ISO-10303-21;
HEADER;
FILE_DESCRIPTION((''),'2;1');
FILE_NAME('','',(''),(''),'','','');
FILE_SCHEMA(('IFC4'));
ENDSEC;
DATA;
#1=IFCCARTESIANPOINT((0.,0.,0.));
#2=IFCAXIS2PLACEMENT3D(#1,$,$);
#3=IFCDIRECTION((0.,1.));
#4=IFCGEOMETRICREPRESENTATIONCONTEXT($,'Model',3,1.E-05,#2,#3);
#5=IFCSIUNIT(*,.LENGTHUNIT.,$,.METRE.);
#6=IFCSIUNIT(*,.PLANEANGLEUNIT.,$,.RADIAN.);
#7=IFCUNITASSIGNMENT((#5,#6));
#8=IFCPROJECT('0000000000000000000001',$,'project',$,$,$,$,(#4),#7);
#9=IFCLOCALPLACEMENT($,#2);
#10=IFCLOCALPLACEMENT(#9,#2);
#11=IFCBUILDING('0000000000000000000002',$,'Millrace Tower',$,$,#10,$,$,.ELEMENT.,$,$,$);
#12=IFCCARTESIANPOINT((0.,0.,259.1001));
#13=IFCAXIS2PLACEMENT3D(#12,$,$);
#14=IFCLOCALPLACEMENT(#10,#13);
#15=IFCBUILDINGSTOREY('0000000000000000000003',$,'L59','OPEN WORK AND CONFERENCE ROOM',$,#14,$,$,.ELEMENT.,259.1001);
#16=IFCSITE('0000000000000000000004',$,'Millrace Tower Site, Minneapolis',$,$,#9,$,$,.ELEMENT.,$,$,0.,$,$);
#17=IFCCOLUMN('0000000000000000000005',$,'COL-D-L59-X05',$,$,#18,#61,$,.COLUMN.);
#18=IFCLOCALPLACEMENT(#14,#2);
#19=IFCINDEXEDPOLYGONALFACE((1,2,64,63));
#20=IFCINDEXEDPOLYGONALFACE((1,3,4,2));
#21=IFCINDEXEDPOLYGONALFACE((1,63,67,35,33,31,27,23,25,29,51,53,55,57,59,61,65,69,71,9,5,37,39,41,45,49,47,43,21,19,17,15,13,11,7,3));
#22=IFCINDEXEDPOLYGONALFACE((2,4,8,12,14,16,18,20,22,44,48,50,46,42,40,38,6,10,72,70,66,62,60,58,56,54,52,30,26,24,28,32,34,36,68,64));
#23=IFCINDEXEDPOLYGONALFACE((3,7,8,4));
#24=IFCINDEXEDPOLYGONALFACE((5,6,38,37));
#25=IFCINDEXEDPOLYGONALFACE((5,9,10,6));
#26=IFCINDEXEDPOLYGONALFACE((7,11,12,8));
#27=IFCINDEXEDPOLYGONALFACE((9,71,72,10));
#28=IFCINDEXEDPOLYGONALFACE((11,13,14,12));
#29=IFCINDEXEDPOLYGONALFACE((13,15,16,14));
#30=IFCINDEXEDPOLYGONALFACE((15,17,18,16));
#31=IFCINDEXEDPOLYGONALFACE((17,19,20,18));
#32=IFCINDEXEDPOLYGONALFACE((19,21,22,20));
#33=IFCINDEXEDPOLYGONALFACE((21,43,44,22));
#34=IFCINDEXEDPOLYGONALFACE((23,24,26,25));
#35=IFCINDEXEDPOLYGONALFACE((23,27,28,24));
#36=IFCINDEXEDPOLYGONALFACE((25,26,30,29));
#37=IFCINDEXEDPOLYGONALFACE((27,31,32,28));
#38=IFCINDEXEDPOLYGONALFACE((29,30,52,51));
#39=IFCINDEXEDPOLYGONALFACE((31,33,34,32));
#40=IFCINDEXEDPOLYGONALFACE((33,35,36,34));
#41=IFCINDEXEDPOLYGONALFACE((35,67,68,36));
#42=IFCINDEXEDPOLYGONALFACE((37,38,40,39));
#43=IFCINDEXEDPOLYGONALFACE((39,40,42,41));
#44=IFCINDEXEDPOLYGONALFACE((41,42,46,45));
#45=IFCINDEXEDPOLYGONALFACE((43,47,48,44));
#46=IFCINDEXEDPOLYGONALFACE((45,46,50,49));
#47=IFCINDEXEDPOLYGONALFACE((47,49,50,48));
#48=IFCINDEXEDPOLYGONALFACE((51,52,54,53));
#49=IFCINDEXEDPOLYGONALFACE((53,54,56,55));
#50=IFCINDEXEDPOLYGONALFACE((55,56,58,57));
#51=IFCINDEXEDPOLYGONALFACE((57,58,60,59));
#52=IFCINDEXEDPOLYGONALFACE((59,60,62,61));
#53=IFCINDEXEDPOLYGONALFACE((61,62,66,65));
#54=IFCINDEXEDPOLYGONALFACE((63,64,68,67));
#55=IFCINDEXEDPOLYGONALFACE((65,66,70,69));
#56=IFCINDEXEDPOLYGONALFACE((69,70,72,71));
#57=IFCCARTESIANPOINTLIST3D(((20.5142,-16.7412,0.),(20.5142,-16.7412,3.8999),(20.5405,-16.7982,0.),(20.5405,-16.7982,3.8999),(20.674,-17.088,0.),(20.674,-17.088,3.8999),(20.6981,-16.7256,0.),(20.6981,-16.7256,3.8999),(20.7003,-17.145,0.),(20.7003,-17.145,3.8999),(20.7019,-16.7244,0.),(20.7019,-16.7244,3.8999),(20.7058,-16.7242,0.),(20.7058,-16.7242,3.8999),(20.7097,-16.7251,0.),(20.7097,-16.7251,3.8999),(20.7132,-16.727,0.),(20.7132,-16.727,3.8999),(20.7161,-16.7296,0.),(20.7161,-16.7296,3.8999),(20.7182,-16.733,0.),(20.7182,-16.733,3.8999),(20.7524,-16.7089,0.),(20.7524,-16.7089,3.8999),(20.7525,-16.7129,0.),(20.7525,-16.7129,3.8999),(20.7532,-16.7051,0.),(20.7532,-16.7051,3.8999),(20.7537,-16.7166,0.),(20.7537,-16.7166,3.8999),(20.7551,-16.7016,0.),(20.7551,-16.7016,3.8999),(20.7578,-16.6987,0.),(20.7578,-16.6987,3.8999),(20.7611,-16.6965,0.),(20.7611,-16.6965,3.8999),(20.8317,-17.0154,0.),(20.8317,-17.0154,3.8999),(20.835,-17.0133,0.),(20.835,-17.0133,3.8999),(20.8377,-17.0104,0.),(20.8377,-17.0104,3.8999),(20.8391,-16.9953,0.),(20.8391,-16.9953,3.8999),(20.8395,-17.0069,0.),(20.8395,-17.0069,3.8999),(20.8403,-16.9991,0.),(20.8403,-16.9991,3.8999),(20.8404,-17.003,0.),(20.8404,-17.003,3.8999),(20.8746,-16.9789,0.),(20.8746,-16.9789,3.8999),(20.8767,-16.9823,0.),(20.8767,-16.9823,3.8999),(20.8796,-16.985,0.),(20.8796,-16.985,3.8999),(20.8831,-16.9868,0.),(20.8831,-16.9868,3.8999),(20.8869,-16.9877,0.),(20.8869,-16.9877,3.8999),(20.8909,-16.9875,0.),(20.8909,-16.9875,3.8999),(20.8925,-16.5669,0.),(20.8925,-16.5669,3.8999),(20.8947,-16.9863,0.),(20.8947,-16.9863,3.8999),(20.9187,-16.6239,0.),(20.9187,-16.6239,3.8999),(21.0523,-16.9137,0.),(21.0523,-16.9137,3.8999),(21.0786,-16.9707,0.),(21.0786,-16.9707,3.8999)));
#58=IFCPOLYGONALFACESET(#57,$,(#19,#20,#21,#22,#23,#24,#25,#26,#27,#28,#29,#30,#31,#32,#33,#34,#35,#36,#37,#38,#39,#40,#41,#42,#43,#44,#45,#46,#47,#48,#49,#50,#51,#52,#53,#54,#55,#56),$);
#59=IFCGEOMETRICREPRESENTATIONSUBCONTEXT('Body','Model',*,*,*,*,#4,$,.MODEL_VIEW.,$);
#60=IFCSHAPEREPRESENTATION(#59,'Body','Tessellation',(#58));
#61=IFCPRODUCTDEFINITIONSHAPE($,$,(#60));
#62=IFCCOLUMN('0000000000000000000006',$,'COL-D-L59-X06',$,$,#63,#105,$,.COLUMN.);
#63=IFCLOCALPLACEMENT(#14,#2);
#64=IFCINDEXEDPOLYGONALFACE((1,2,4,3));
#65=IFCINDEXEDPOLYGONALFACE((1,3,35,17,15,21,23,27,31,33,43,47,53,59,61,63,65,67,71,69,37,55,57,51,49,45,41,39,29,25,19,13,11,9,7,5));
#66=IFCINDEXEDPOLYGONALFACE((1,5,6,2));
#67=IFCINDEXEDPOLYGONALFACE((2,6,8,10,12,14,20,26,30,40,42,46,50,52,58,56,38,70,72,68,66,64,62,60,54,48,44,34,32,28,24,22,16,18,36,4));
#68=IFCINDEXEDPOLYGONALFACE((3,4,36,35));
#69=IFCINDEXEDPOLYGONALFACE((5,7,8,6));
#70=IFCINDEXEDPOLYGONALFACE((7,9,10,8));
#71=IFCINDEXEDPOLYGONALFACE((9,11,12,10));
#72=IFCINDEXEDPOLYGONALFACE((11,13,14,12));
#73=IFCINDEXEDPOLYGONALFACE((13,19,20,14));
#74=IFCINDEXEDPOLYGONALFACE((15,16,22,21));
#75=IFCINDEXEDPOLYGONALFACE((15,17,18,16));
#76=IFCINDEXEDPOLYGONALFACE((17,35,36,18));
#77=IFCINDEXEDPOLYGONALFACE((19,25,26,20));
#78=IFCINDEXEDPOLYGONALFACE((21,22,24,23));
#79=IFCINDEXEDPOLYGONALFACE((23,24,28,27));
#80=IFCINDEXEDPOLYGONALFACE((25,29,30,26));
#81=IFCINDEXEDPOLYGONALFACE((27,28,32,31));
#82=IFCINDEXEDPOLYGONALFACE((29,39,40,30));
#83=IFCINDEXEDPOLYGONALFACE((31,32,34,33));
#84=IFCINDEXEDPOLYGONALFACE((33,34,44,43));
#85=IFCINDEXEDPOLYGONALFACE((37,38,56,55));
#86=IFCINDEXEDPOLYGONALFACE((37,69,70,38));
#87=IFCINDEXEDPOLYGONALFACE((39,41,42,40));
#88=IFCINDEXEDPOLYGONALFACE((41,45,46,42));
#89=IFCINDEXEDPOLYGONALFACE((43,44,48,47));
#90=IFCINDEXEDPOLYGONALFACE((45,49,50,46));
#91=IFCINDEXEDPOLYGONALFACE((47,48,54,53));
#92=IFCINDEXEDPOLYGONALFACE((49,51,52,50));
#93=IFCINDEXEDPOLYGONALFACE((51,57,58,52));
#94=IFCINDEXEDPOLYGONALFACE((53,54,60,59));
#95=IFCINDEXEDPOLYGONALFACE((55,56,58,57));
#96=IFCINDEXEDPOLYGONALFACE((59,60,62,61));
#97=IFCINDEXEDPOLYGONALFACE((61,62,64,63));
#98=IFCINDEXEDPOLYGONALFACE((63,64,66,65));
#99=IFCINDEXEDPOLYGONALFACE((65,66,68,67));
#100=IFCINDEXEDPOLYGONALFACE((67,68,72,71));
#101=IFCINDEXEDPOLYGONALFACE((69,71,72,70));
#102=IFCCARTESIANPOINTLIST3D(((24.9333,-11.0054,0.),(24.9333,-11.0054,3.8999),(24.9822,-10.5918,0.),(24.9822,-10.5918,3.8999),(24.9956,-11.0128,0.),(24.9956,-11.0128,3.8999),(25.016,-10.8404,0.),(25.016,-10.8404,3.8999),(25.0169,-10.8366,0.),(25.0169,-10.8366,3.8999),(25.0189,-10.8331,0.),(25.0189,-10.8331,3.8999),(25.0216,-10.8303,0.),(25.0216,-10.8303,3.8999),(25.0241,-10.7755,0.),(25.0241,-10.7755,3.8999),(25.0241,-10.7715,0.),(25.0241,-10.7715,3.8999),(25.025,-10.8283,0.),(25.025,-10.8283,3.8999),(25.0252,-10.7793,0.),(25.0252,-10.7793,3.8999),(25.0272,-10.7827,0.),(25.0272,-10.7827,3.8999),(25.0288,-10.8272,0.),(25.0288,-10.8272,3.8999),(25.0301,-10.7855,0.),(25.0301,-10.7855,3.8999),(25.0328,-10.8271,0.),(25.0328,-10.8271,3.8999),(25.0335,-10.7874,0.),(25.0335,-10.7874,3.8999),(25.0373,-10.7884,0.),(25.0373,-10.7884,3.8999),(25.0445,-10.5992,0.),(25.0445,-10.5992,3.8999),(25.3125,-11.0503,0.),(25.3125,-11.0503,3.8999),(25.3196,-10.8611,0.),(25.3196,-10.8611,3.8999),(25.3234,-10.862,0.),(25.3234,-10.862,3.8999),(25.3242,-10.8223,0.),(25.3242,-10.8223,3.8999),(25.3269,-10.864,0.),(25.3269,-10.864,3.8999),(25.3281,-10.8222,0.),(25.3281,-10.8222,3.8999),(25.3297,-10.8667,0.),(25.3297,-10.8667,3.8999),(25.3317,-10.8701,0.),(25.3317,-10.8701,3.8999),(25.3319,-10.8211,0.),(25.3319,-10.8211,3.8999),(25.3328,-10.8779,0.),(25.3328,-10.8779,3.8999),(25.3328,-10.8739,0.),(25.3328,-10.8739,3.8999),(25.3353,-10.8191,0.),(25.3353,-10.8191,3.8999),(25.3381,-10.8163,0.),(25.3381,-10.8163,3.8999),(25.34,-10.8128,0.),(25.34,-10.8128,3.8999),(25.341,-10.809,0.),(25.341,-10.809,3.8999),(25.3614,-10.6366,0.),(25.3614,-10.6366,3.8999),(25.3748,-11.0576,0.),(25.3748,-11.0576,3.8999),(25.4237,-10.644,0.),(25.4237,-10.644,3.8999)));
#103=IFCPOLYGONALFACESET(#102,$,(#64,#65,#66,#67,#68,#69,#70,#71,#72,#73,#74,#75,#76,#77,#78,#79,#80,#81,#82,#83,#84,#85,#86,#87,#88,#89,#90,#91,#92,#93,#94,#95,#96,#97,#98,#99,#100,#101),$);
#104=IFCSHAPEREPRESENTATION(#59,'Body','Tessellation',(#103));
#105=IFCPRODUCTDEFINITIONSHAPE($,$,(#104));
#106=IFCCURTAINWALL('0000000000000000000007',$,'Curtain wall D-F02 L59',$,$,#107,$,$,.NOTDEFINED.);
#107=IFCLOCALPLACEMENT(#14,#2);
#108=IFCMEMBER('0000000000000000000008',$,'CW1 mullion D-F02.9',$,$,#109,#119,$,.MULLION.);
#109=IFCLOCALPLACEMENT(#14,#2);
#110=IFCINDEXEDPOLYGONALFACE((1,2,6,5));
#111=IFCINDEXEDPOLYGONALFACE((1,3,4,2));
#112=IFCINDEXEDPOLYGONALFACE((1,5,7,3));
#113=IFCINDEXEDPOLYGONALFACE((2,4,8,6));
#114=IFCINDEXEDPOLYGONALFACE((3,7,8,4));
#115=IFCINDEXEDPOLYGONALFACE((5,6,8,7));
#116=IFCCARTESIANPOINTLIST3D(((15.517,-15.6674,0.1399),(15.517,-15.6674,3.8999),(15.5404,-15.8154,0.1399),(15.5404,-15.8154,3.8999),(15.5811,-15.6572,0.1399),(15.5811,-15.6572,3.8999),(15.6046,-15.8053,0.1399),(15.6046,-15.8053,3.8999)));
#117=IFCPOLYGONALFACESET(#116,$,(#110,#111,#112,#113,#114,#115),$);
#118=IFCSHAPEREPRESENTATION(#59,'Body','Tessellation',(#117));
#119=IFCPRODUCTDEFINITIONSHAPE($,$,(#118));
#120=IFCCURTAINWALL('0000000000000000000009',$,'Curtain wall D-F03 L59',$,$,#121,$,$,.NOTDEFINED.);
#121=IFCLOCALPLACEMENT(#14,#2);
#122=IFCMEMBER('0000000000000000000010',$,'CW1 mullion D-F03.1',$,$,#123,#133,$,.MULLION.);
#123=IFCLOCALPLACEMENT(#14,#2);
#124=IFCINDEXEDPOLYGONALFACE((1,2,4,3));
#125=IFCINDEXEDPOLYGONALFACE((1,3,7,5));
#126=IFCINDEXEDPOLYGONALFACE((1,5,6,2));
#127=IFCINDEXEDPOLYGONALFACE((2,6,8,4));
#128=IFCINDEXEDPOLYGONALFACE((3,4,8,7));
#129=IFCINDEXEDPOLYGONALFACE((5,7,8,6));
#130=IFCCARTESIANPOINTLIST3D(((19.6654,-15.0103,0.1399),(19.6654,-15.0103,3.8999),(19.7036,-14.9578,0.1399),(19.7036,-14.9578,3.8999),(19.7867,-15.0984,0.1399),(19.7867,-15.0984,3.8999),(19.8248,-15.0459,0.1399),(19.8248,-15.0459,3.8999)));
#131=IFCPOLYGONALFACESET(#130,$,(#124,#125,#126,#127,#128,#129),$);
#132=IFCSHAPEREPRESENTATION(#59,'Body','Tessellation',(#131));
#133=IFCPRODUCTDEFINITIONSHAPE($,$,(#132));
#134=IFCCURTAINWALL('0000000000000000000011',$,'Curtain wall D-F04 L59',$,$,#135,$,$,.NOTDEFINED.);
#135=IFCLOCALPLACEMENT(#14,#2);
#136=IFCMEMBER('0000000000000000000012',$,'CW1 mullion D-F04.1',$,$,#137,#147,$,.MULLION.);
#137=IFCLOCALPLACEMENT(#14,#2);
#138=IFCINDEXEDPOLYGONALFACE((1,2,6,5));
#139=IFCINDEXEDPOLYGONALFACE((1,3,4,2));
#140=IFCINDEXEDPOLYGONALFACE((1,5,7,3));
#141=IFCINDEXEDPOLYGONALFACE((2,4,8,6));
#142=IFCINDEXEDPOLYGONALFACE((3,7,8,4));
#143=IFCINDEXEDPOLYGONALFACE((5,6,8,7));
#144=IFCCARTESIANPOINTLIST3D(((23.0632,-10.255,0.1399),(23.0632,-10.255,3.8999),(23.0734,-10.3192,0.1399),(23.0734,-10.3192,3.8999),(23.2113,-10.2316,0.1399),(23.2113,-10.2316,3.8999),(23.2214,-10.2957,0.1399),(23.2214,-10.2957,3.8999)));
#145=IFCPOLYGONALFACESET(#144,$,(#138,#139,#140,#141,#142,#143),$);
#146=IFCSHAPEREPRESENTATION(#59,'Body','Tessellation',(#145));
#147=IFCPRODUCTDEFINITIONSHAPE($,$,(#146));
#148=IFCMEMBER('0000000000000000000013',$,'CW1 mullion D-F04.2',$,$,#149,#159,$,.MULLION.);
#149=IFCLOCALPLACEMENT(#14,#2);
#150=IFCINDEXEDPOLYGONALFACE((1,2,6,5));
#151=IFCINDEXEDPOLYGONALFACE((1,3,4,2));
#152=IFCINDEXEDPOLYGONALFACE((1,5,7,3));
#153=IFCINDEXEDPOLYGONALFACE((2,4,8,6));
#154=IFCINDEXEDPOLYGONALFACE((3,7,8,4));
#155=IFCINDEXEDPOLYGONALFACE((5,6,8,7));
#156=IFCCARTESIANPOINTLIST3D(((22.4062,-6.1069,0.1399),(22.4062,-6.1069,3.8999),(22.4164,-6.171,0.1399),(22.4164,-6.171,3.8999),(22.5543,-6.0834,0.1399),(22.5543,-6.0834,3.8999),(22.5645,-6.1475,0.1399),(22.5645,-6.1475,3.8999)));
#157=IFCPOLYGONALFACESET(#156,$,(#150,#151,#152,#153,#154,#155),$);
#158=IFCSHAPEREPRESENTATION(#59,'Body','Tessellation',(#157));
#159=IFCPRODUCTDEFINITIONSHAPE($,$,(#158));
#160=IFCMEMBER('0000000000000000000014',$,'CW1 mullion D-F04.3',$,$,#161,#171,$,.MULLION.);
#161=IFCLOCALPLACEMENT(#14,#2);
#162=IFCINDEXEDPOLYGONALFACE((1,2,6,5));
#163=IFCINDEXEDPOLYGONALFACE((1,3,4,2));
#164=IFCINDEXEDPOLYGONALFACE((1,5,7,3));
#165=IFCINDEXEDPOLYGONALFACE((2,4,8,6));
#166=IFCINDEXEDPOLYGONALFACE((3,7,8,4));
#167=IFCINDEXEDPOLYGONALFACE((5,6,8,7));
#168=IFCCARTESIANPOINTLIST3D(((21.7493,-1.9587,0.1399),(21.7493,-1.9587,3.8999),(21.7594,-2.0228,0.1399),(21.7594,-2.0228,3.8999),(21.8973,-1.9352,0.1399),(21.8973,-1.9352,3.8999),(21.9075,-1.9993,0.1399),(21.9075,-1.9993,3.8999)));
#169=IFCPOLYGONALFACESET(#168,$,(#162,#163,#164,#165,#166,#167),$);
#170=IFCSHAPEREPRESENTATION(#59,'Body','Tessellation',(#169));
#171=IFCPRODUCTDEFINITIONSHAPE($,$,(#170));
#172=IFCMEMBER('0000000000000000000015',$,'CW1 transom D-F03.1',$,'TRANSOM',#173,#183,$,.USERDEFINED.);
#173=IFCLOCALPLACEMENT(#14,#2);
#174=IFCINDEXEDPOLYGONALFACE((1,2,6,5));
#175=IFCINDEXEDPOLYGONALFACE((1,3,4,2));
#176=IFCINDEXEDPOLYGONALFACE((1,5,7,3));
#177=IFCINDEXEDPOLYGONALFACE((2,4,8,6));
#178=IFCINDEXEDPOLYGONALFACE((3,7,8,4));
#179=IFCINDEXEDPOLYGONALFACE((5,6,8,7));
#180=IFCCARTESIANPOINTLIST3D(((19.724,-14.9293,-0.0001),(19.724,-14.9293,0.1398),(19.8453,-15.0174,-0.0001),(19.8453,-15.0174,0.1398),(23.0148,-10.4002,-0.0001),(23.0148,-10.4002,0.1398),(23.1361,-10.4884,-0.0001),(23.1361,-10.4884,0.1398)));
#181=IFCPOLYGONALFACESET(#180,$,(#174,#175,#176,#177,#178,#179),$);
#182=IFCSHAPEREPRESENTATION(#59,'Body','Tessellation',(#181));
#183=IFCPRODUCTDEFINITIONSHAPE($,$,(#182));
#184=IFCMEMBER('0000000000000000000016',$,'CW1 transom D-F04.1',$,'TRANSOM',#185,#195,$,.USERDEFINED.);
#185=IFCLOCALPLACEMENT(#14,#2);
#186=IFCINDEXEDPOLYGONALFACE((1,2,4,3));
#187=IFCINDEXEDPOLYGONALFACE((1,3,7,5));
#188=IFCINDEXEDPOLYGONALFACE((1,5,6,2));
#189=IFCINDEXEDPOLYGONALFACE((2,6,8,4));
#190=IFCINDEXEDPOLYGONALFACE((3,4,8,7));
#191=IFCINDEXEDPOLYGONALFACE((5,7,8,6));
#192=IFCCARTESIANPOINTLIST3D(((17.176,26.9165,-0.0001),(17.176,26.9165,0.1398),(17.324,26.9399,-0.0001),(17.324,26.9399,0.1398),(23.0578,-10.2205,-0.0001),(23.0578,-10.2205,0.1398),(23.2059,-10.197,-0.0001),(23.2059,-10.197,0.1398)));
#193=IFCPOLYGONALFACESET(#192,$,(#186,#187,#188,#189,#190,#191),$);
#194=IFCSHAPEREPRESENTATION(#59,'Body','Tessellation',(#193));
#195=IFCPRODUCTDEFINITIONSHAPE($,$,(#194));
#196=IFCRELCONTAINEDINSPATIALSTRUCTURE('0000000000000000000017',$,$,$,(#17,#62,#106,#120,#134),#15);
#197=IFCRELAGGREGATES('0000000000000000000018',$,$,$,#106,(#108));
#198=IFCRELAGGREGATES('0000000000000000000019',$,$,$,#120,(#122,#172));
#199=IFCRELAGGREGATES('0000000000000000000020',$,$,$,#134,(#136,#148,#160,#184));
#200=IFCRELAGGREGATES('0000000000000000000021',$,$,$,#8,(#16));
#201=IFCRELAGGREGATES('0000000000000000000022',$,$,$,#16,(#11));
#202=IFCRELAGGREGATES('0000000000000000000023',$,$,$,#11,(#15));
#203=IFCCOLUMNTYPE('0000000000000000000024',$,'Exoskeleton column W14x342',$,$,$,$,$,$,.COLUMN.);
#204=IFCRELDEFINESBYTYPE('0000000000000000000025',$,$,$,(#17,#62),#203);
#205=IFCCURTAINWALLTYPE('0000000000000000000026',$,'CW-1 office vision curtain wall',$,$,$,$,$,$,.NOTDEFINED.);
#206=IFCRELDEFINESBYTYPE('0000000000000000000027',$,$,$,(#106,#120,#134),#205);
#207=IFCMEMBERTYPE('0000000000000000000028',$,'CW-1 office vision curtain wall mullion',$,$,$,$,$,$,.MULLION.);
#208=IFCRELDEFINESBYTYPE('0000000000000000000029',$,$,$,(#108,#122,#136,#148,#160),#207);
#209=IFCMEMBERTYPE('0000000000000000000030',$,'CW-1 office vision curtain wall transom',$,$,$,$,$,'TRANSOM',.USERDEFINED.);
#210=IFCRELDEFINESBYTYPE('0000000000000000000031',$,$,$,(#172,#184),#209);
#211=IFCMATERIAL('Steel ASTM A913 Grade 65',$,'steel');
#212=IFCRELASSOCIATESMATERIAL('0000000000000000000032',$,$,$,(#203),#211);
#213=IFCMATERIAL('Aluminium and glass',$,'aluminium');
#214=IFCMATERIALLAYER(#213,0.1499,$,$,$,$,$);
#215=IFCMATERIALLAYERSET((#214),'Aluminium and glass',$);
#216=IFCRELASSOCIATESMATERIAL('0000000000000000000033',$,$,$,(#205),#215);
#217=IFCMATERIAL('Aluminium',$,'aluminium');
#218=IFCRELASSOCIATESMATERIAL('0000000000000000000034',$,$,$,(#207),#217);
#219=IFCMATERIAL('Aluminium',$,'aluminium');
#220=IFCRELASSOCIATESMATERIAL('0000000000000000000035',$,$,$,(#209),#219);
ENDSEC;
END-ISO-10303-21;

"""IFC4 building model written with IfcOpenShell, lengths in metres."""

from ifc_helpers import new_model, si_unit, direction, frame, origin, origin_2d, place, context, subcontext, project, spatial, rectangle, i_section, extrude, material, layer, layer_set, material_profile, profile_set, type_object, element, aggregate, save


model = new_model("IFC4")

# Units and contexts
model_context = context("Model", 3, precision=1e-05, world=origin(), true_north=direction((0.0, 1.0)))
body_context = subcontext(model_context, "Body", "Model", "MODEL_VIEW")
ifc_project = project(units=[si_unit("LENGTHUNIT", "METRE"), si_unit("PLANEANGLEUNIT", "RADIAN")], contexts=[model_context])

# Site, building, storey
site_placement = place(None, origin())
site = spatial("IfcSite", under=ifc_project, at=site_placement, Name="Millrace Tower Site, Minneapolis", CompositionType="ELEMENT", RefElevation=0.0)
building_placement = place(site_placement, origin())
building = spatial("IfcBuilding", under=site, at=building_placement, Name="Millrace Tower", CompositionType="ELEMENT")
storey_placement = place(building_placement, frame((0.0, 0.0, 259.1001)))
storey = spatial("IfcBuildingStorey", under=building, at=storey_placement, Name="L59", Description="OPEN WORK AND CONFERENCE ROOM", CompositionType="ELEMENT", Elevation=259.1001)

# Columns
ifc_material_1 = material(Name="Steel ASTM A913 Grade 65", Category="steel")
ifc_material_profile_1 = material_profile(ifc_material_1, i_section(OverallWidth=0.4165, OverallDepth=0.4446, WebThickness=0.0391, FlangeThickness=0.0627, FilletRadius=0.0151, at=origin_2d()))
ifc_profile_set_1 = profile_set([ifc_material_profile_1], Name="Steel ASTM A913 Grade 65")
column_type = type_object("IfcColumnType", Name="Exoskeleton column W14x342", PredefinedType="COLUMN", material=ifc_profile_set_1)
for number, where, z_axis, x_axis, name in (
    (1, (20.7964, -16.856, 0.0), (0.0, 0.0, 1.0), (0.908192, 0.418553, 0.0), "COL-D-L59-X05"),
    (2, (25.1785, -10.8247, 0.0), (0.0, 0.0, 1.0), (0.117421, 0.993082, 0.0), "COL-D-L59-X06"),
):
    element("IfcColumn", number, at=place(storey_placement, frame(where, z_axis=z_axis, x_axis=x_axis)), inside=storey, type_object=column_type, Name=name, PredefinedType="COLUMN", context=body_context, shape_type="SweptSolid", body=[
        extrude(i_section(OverallWidth=0.4165, OverallDepth=0.4446, WebThickness=0.0391, FlangeThickness=0.0627, FilletRadius=0.0151, at=origin_2d()), origin(), (0.0, 0.0, 1.0), 3.8999),
    ])

# Curtain walls, members
ifc_material_2 = material(Name="Aluminium and glass", Category="aluminium")
ifc_layer_1 = layer(ifc_material_2, 0.1499)
ifc_layer_set_1 = layer_set([ifc_layer_1], Name="Aluminium and glass")
curtain_wall_type = type_object("IfcCurtainWallType", Name="CW-1 office vision curtain wall", PredefinedType="NOTDEFINED", material=ifc_layer_set_1)
placement = place(storey_placement, origin())
curtain_wall_1 = element("IfcCurtainWall", 3, at=placement, inside=storey, type_object=curtain_wall_type, Name="Curtain wall D-F02 L59", PredefinedType="NOTDEFINED")
ifc_material_3 = material(Name="Aluminium", Category="aluminium")
ifc_material_profile_2 = material_profile(ifc_material_3, rectangle(XDim=0.0649, YDim=0.1499, at=origin_2d()))
ifc_profile_set_2 = profile_set([ifc_material_profile_2], Name="Aluminium")
member_type_1 = type_object("IfcMemberType", Name="CW-1 office vision curtain wall mullion", PredefinedType="MULLION", material=ifc_profile_set_2)
member_1_placement = place(storey_placement, frame((15.5608, -15.7363, 0.1399), z_axis=(0.0, 0.0, 1.0), x_axis=(0.987688, 0.156434, 0.0)))
member_1 = element("IfcMember", 4, at=member_1_placement, type_object=member_type_1, Name="CW1 mullion D-F02.9", PredefinedType="MULLION", context=body_context, shape_type="SweptSolid", body=[
    extrude(rectangle(XDim=0.0649, YDim=0.1499, at=origin_2d()), origin(), (0.0, 0.0, 1.0), 3.76),
])
aggregate(curtain_wall_1, [member_1])
curtain_wall_2 = element("IfcCurtainWall", 5, at=placement, inside=storey, type_object=curtain_wall_type, Name="Curtain wall D-F03 L59", PredefinedType="NOTDEFINED")
member_2_placement = place(storey_placement, frame((19.7451, -15.0281, 0.1399), z_axis=(0.0, 0.0, 1.0), x_axis=(0.587785, 0.809017, 0.0)))
member_2 = element("IfcMember", 6, at=member_2_placement, type_object=member_type_1, Name="CW1 mullion D-F03.1", PredefinedType="MULLION", context=body_context, shape_type="SweptSolid", body=[
    extrude(rectangle(XDim=0.0649, YDim=0.1499, at=origin_2d()), origin(), (0.0, 0.0, 1.0), 3.76),
])

# Curtain wall, members
curtain_wall_3 = element("IfcCurtainWall", 7, at=placement, inside=storey, type_object=curtain_wall_type, Name="Curtain wall D-F04 L59", PredefinedType="NOTDEFINED")
member_3_placement = place(storey_placement, frame((23.1423, -10.2754, 0.1399), z_axis=(0.0, 0.0, 1.0), x_axis=(-0.156434, 0.987688, 0.0)))
member_3 = element("IfcMember", 8, at=member_3_placement, type_object=member_type_1, Name="CW1 mullion D-F04.1", PredefinedType="MULLION", context=body_context, shape_type="SweptSolid", body=[
    extrude(rectangle(XDim=0.0649, YDim=0.1499, at=origin_2d()), origin(), (0.0, 0.0, 1.0), 3.76),
])
member_4_placement = place(storey_placement, frame((22.4854, -6.1272, 0.1399), z_axis=(0.0, 0.0, 1.0), x_axis=(-0.156434, 0.987688, 0.0)))
member_4 = element("IfcMember", 9, at=member_4_placement, type_object=member_type_1, Name="CW1 mullion D-F04.2", PredefinedType="MULLION", context=body_context, shape_type="SweptSolid", body=[
    extrude(rectangle(XDim=0.0649, YDim=0.1499, at=origin_2d()), origin(), (0.0, 0.0, 1.0), 3.76),
])
member_5_placement = place(storey_placement, frame((21.8284, -1.979, 0.1399), z_axis=(0.0, 0.0, 1.0), x_axis=(-0.156434, 0.987688, 0.0)))
member_5 = element("IfcMember", 10, at=member_5_placement, type_object=member_type_1, Name="CW1 mullion D-F04.3", PredefinedType="MULLION", context=body_context, shape_type="SweptSolid", body=[
    extrude(rectangle(XDim=0.0649, YDim=0.1499, at=origin_2d()), origin(), (0.0, 0.0, 1.0), 3.76),
])

# Members
ifc_material_4 = material(Name="Aluminium", Category="aluminium")
ifc_material_profile_3 = material_profile(ifc_material_4, rectangle(XDim=0.1499, YDim=0.1399, at=origin_2d()))
ifc_profile_set_3 = profile_set([ifc_material_profile_3], Name="Aluminium")
member_type_2 = type_object("IfcMemberType", Name="CW-1 office vision curtain wall transom", ElementType="TRANSOM", PredefinedType="USERDEFINED", material=ifc_profile_set_3)
member_6_placement = place(storey_placement, frame((19.7847, -14.9734, 0.0698), z_axis=(0.587811, 0.808998, 0.0), x_axis=(-0.808998, 0.587811, 0.0)))
member_6 = element("IfcMember", 11, at=member_6_placement, type_object=member_type_2, Name="CW1 transom D-F03.1", ObjectType="TRANSOM", PredefinedType="USERDEFINED", context=body_context, shape_type="SweptSolid", body=[
    extrude(rectangle(XDim=0.1499, YDim=0.1399, at=origin_2d()), origin(), (0.0, 0.0, 1.0), 5.5984),
])
aggregate(curtain_wall_2, [member_2, member_6])
member_7_placement = place(storey_placement, frame((23.1318, -10.2087, 0.0698), z_axis=(-0.156432, 0.987689, 0.0), x_axis=(-0.987689, -0.156432, 0.0)))
member_7 = element("IfcMember", 12, at=member_7_placement, type_object=member_type_2, Name="CW1 transom D-F04.1", ObjectType="TRANSOM", PredefinedType="USERDEFINED", context=body_context, shape_type="SweptSolid", body=[
    extrude(rectangle(XDim=0.1499, YDim=0.1399, at=origin_2d()), origin(), (0.0, 0.0, 1.0), 37.5999),
])
aggregate(curtain_wall_3, [member_3, member_4, member_5, member_7])

save(model, "model.ifc")
